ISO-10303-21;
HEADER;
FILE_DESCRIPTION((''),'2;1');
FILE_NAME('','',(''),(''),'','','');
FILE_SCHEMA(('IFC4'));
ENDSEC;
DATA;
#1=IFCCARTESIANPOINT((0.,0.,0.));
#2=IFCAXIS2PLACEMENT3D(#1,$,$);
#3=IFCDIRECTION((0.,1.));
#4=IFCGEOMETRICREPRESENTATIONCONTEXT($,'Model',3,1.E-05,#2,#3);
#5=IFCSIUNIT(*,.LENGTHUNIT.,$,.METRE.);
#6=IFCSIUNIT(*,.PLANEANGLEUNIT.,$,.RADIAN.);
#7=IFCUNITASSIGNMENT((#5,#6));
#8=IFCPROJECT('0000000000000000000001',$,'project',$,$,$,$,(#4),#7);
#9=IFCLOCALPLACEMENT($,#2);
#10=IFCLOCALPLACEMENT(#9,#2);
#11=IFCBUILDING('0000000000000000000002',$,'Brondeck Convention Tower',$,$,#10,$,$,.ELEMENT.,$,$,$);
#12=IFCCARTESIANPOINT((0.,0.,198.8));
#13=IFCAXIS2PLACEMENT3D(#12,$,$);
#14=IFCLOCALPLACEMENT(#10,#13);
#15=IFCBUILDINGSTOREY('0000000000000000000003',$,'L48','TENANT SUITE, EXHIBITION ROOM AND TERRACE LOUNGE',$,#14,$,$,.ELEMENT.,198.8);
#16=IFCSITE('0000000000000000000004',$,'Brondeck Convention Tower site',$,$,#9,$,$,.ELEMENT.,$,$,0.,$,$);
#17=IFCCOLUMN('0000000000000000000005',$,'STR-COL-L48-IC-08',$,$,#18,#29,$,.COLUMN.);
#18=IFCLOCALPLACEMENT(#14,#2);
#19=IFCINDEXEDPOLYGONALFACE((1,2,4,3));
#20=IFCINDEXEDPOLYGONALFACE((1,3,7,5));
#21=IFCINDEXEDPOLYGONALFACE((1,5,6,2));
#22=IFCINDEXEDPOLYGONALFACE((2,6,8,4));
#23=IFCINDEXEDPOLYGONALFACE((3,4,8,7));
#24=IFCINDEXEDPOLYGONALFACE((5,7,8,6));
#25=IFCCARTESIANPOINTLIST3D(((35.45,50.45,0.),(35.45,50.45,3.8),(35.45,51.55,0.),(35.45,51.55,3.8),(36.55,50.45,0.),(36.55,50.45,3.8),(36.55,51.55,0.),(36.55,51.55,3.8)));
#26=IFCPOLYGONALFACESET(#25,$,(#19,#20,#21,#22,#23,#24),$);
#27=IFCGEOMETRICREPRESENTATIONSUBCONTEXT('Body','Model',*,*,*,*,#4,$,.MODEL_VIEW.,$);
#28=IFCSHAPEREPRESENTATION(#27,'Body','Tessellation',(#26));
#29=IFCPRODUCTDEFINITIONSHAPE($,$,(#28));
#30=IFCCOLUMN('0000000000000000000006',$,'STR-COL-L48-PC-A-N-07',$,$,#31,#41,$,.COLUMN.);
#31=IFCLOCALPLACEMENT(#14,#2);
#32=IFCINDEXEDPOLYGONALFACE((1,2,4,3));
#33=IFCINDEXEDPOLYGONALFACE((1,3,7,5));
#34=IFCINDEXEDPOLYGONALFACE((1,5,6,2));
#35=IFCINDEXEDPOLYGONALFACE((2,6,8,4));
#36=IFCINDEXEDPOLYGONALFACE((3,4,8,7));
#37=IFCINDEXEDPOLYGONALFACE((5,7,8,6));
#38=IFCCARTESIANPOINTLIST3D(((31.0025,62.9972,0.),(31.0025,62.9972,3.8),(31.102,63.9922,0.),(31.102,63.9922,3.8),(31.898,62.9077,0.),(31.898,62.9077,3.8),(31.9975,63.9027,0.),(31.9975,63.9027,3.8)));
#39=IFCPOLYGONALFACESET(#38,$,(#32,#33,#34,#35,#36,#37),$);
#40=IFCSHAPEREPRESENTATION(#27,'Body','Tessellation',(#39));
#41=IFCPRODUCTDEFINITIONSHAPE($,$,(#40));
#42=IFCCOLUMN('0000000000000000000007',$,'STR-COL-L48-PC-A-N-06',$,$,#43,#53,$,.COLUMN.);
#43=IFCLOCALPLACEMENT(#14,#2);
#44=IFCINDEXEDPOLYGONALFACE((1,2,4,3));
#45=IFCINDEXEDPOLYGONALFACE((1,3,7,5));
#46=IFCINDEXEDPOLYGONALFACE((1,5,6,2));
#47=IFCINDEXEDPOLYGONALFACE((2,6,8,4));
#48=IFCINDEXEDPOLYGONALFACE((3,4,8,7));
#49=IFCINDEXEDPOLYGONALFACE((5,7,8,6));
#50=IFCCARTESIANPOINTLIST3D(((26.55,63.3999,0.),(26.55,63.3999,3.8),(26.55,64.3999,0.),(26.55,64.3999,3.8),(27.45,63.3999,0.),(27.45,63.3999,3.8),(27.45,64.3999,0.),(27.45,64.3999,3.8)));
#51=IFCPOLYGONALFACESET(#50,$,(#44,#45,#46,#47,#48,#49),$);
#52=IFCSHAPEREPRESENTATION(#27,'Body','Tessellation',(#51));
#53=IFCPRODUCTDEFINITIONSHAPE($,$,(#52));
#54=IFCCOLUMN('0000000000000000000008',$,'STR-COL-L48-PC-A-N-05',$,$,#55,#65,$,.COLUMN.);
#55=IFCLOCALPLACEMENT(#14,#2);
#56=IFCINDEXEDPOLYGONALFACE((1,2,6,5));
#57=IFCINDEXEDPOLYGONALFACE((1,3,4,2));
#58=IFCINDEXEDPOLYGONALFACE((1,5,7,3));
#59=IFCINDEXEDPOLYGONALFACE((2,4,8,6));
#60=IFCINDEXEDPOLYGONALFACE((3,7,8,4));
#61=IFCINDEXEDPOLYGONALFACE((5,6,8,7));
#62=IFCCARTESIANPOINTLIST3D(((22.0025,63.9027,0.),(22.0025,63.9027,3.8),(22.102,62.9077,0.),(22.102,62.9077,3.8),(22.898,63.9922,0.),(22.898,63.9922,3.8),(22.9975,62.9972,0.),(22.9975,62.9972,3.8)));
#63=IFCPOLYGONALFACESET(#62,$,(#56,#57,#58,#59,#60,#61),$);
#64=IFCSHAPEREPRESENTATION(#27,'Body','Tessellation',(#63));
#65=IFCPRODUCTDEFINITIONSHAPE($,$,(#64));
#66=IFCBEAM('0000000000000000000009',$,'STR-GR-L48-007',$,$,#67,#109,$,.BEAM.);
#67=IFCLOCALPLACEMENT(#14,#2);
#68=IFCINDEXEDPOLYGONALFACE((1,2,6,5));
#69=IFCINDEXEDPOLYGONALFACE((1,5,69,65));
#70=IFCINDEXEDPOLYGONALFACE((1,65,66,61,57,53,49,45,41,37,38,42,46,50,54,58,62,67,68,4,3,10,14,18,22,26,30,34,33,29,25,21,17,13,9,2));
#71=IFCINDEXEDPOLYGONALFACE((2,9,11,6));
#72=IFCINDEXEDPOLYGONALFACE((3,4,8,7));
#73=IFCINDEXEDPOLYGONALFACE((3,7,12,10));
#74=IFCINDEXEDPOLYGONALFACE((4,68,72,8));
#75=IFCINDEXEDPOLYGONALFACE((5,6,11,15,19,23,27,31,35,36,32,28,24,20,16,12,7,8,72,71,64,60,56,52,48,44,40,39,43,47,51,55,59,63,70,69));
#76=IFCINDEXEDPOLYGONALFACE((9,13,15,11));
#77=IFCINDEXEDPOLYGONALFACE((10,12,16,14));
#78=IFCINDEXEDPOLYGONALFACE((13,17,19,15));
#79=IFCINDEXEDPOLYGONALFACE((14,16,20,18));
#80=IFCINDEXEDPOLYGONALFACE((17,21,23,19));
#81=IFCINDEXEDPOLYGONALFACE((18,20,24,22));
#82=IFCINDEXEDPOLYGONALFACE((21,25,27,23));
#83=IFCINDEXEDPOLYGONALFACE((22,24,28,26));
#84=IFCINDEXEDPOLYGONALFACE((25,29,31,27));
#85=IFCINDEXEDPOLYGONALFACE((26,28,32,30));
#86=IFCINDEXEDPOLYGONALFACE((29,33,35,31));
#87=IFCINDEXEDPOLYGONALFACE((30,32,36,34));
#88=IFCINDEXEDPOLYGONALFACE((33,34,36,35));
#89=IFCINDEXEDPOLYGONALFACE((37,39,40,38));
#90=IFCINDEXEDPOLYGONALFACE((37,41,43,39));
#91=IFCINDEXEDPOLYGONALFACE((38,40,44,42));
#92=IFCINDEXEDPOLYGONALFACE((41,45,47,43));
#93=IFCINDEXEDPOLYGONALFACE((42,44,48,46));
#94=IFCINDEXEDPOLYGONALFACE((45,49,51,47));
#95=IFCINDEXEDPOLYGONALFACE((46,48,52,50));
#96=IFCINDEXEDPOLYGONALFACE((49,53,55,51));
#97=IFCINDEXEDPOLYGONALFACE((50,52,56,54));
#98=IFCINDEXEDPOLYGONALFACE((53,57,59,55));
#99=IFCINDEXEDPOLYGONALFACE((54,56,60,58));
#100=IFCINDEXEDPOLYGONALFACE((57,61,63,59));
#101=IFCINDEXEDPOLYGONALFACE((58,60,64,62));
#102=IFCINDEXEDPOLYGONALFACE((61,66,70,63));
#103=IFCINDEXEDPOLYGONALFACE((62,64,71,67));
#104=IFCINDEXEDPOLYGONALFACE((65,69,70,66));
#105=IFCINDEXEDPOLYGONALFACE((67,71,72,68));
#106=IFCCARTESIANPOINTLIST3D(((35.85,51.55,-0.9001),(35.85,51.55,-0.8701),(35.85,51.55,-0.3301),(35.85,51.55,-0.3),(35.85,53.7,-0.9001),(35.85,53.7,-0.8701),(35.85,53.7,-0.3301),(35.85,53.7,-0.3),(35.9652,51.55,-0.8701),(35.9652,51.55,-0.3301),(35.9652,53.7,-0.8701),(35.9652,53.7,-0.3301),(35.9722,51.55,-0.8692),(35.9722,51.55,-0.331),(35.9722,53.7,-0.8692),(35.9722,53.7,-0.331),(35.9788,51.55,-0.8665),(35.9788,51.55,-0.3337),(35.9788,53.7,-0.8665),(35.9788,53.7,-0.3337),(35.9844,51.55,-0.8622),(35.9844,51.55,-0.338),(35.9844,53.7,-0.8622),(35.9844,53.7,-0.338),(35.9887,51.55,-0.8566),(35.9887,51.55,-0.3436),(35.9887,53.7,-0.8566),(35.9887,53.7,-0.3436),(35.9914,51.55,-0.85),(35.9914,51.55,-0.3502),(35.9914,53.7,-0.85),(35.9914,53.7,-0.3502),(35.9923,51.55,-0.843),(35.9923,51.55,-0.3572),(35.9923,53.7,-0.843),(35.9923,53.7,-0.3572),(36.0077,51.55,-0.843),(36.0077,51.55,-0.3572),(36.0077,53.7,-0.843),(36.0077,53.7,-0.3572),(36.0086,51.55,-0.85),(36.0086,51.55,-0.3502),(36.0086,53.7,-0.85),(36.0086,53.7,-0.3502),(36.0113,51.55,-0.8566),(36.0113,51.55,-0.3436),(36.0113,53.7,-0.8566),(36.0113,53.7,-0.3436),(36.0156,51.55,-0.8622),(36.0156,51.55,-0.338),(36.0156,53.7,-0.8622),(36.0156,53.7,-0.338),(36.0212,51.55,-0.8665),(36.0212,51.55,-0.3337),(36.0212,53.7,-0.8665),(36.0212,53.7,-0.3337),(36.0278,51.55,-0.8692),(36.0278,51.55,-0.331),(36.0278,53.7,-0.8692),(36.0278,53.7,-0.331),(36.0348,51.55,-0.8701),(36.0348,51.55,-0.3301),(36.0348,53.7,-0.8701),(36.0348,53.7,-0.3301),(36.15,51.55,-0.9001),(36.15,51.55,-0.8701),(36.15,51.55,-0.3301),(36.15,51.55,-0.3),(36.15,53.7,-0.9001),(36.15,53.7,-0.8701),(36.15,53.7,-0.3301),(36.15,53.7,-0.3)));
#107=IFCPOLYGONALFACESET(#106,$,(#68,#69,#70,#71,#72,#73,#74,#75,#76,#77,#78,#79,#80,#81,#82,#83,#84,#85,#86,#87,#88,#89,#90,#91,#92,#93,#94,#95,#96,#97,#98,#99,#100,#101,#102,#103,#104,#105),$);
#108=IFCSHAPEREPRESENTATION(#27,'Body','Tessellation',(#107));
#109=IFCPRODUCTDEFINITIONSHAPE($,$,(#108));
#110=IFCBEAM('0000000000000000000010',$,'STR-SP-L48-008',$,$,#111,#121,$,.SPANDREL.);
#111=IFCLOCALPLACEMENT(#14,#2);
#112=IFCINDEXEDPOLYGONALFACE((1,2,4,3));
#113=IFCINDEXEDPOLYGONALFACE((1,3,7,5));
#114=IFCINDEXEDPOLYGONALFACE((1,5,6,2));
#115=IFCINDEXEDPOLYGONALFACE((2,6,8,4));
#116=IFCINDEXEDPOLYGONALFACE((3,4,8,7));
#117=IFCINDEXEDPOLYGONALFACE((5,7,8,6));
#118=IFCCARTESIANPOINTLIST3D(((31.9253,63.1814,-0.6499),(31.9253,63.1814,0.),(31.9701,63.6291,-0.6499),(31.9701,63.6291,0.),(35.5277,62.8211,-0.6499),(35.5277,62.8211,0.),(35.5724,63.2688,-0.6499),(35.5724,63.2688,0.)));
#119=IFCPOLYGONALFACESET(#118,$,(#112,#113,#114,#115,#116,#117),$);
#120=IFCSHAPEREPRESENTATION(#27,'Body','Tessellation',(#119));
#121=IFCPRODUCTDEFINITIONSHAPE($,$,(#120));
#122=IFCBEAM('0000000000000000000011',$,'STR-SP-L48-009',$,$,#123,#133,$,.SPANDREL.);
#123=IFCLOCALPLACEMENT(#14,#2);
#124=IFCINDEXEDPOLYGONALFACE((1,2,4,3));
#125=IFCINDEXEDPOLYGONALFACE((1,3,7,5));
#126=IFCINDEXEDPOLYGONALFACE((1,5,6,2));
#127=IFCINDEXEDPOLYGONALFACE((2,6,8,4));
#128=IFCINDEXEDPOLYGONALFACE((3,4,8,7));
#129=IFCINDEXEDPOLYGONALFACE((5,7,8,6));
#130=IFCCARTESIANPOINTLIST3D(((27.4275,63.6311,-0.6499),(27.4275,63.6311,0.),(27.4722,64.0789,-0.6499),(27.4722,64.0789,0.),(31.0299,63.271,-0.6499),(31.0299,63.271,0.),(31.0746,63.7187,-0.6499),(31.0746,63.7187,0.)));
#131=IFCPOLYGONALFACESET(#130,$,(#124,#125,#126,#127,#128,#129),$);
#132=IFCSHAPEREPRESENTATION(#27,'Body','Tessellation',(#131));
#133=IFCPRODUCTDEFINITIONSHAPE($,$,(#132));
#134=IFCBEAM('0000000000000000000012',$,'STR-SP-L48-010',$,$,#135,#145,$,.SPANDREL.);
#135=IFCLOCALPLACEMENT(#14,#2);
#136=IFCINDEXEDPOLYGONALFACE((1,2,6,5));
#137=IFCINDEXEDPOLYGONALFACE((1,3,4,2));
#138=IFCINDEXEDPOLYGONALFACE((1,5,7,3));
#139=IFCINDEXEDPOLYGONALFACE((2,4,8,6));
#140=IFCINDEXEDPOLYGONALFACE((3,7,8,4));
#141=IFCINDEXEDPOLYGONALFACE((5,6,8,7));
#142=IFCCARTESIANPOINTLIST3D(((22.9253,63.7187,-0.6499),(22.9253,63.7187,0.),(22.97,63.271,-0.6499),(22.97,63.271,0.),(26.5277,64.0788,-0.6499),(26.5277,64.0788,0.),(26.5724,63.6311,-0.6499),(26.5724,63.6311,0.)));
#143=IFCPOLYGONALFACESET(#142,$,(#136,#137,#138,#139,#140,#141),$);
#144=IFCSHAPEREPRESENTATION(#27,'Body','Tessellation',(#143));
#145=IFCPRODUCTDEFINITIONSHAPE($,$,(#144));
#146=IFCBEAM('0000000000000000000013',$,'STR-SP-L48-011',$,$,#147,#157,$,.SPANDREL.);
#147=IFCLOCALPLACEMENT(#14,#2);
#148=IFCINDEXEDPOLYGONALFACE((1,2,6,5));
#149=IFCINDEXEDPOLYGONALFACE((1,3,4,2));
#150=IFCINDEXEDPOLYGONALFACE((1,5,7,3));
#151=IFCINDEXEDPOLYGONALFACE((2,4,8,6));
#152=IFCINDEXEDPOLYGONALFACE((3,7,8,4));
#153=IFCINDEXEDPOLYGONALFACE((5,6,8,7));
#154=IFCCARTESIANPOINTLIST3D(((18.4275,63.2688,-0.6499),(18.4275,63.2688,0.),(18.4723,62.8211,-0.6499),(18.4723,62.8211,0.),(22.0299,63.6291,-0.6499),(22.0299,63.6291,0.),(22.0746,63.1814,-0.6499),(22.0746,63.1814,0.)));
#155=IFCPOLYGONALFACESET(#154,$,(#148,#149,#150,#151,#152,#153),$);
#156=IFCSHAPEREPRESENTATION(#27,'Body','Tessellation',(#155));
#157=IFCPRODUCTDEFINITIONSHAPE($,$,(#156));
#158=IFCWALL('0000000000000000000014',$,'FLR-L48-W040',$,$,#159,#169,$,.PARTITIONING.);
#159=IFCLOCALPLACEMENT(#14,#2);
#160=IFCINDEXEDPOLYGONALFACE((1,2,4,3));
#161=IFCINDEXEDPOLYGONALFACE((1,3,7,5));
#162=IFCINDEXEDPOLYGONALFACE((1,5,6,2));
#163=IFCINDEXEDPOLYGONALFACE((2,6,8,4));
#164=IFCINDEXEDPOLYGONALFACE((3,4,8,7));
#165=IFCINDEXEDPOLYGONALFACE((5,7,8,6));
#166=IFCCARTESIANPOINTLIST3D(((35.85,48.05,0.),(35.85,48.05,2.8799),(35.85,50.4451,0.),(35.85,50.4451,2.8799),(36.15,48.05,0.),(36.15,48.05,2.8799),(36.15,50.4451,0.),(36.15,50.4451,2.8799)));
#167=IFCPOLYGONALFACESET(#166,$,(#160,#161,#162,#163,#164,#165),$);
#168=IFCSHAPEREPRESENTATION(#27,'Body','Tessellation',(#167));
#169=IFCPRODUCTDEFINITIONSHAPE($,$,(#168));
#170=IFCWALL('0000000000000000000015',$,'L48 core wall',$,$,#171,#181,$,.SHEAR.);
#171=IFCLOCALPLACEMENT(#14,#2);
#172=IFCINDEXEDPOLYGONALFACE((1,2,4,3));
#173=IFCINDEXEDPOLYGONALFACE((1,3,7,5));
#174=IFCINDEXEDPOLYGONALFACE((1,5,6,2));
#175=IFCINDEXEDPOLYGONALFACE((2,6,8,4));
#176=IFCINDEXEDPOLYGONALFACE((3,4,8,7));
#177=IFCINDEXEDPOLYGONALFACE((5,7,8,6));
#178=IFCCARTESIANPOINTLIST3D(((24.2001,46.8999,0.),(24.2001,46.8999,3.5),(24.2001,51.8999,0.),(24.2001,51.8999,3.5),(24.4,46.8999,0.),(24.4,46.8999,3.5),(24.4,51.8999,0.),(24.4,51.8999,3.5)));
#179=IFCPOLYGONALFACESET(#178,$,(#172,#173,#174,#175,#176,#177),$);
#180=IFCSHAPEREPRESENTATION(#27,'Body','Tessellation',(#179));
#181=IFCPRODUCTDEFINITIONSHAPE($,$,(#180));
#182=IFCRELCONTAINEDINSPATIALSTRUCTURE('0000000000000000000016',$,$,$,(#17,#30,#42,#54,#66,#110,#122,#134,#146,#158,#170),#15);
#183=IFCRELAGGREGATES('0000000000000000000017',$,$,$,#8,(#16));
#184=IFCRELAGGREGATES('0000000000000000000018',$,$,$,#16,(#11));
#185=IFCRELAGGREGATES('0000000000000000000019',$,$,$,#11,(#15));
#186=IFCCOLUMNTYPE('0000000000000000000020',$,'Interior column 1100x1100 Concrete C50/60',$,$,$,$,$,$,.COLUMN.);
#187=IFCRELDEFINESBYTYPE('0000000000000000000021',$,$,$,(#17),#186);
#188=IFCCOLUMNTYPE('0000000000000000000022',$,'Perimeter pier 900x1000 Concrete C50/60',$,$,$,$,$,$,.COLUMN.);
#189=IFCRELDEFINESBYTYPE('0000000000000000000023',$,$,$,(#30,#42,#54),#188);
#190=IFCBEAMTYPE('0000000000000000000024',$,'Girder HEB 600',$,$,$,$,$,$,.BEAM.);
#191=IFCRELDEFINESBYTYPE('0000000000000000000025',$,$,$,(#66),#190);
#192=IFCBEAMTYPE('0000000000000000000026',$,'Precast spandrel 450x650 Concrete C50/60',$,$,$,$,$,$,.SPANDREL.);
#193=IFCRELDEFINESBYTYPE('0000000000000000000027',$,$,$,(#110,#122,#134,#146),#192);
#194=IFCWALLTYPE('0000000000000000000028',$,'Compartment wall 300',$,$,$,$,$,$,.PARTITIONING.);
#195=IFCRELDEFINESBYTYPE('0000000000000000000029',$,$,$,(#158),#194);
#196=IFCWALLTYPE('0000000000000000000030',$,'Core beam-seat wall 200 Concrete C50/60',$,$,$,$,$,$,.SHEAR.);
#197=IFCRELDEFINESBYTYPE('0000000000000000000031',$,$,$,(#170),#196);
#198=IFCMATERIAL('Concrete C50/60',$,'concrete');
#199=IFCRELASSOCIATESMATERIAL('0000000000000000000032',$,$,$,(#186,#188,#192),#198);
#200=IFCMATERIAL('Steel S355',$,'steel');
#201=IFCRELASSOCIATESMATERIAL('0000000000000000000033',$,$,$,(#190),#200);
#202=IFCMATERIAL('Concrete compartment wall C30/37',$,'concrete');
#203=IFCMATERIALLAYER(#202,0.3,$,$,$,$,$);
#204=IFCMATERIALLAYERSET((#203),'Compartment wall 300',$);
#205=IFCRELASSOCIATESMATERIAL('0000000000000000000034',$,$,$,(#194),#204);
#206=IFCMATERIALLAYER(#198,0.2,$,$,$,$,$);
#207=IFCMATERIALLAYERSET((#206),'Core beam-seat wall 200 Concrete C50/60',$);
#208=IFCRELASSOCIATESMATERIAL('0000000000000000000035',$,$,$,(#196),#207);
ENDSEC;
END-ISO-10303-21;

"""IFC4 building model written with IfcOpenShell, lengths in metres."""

from ifc_helpers import new_model, si_unit, direction, frame, frame_2d, origin, origin_2d, place, context, subcontext, project, spatial, rectangle, i_section, extrude, material, layer, layer_set, material_profile, profile_set, type_object, element, save


model = new_model("IFC4")

# Units and contexts
model_context = context("Model", 3, precision=1e-05, world=origin(), true_north=direction((0.0, 1.0)))
body_context = subcontext(model_context, "Body", "Model", "MODEL_VIEW")
ifc_project = project(units=[si_unit("LENGTHUNIT", "METRE"), si_unit("PLANEANGLEUNIT", "RADIAN")], contexts=[model_context])

# Site, building, storey
site_placement = place(None, origin())
site = spatial("IfcSite", under=ifc_project, at=site_placement, Name="Brondeck Convention Tower site", CompositionType="ELEMENT", RefElevation=0.0)
building_placement = place(site_placement, origin())
building = spatial("IfcBuilding", under=site, at=building_placement, Name="Brondeck Convention Tower", CompositionType="ELEMENT")
storey_placement = place(building_placement, frame((0.0, 0.0, 198.8)))
storey = spatial("IfcBuildingStorey", under=building, at=storey_placement, Name="L48", Description="TENANT SUITE, EXHIBITION ROOM AND TERRACE LOUNGE", CompositionType="ELEMENT", Elevation=198.8)

# Columns
ifc_material_1 = material(Name="Concrete C50/60", Category="concrete")
ifc_material_profile_1 = material_profile(ifc_material_1, rectangle(XDim=1.1001, YDim=1.1001, at=origin_2d()), Name="Interior column 1100x1100 Concrete C50/60")
ifc_profile_set_1 = profile_set([ifc_material_profile_1], Name="Concrete C50/60")
column_type_1 = type_object("IfcColumnType", Name="Interior column 1100x1100 Concrete C50/60", PredefinedType="COLUMN", material=ifc_profile_set_1)
column_placement = place(storey_placement, frame((36.0, 51.0, 0.0), z_axis=(0.0, 0.0, 1.0), x_axis=(1.0, 0.0, 0.0)))
element("IfcColumn", 1, at=column_placement, inside=storey, type_object=column_type_1, Name="STR-COL-L48-IC-08", PredefinedType="COLUMN", context=body_context, shape_type="SweptSolid", body=[
    extrude(rectangle(XDim=1.1001, YDim=1.1001, at=origin_2d()), origin(), (0.0, 0.0, 1.0), 3.8),
])
ifc_material_profile_2 = material_profile(ifc_material_1, rectangle(XDim=0.8999, YDim=1.0, at=origin_2d()), Name="Perimeter pier 900x1000 Concrete C50/60")
ifc_profile_set_2 = profile_set([ifc_material_profile_2], Name="Concrete C50/60")
column_type_2 = type_object("IfcColumnType", Name="Perimeter pier 900x1000 Concrete C50/60", PredefinedType="COLUMN", material=ifc_profile_set_2)
for number, where, z_axis, x_axis, name in (
    (2, (31.5, 63.45, 0.0), (0.0, 0.0, 1.0), (-0.995037, 0.099504, 0.0), "STR-COL-L48-PC-A-N-07"),
    (3, (27.0, 63.8999, 0.0), (0.0, 0.0, 1.0), (-1.0, 0.0, 0.0), "STR-COL-L48-PC-A-N-06"),
    (4, (22.5, 63.45, 0.0), (0.0, 0.0, 1.0), (-0.995037, -0.099504, 0.0), "STR-COL-L48-PC-A-N-05"),
):
    element("IfcColumn", number, at=place(storey_placement, frame(where, z_axis=z_axis, x_axis=x_axis)), inside=storey, type_object=column_type_2, Name=name, PredefinedType="COLUMN", context=body_context, shape_type="SweptSolid", body=[
        extrude(rectangle(XDim=0.8999, YDim=1.0, at=origin_2d()), origin(), (0.0, 0.0, 1.0), 3.8),
    ])

# Beams
ifc_material_2 = material(Name="Steel S355", Category="steel")
ifc_material_profile_3 = material_profile(ifc_material_2, i_section(OverallWidth=0.3, OverallDepth=0.6001, WebThickness=0.0154, FlangeThickness=0.03, FilletRadius=0.0271, at=origin_2d()), Name="HEB 600")
ifc_profile_set_3 = profile_set([ifc_material_profile_3], Name="Steel S355")
beam_type_1 = type_object("IfcBeamType", Name="Girder HEB 600", PredefinedType="BEAM", material=ifc_profile_set_3)
beam_placement = place(storey_placement, frame((36.0, 51.55, -0.6001), z_axis=(0.0, 1.0, 0.0), x_axis=(-1.0, 0.0, 0.0)))
element("IfcBeam", 5, at=beam_placement, inside=storey, type_object=beam_type_1, Name="STR-GR-L48-007", PredefinedType="BEAM", context=body_context, shape_type="SweptSolid", body=[
    extrude(i_section(OverallWidth=0.3, OverallDepth=0.6001, WebThickness=0.0154, FlangeThickness=0.03, FilletRadius=0.0271, at=origin_2d()), origin(), (0.0, 0.0, 1.0), 2.1499),
])
ifc_material_profile_4 = material_profile(ifc_material_1, rectangle(XDim=0.45, YDim=0.6499, at=origin_2d()), Name="Precast spandrel 450x650 Concrete C50/60")
ifc_profile_set_4 = profile_set([ifc_material_profile_4], Name="Concrete C50/60")
beam_type_2 = type_object("IfcBeamType", Name="Precast spandrel 450x650 Concrete C50/60", PredefinedType="SPANDREL", material=ifc_profile_set_4)
for number, where, z_axis, x_axis, name in (
    (6, (35.55, 63.0449, -0.325), (-0.995034, 0.099537, 0.0), (-0.099537, -0.995034, 0.0), "STR-SP-L48-008"),
    (7, (31.0522, 63.4949, -0.325), (-0.995041, 0.09947, 0.0), (-0.09947, -0.995041, 0.0), "STR-SP-L48-009"),
    (8, (26.55, 63.855, -0.325), (-0.995041, -0.09947, 0.0), (0.09947, -0.995041, 0.0), "STR-SP-L48-010"),
    (9, (22.0522, 63.4053, -0.325), (-0.995034, -0.099537, 0.0), (0.099537, -0.995034, 0.0), "STR-SP-L48-011"),
):
    element("IfcBeam", number, at=place(storey_placement, frame(where, z_axis=z_axis, x_axis=x_axis)), inside=storey, type_object=beam_type_2, Name=name, PredefinedType="SPANDREL", context=body_context, shape_type="SweptSolid", body=[
        extrude(rectangle(XDim=0.45, YDim=0.6499, at=origin_2d()), origin(), (0.0, 0.0, 1.0), 3.6204),
    ])

# Walls
ifc_material_3 = material(Name="Concrete compartment wall C30/37", Category="concrete")
ifc_layer_1 = layer(ifc_material_3, 0.3)
ifc_layer_set_1 = layer_set([ifc_layer_1], Name="Compartment wall 300")
wall_type_1 = type_object("IfcWallType", Name="Compartment wall 300", PredefinedType="PARTITIONING", material=ifc_layer_set_1)
wall_1_placement = place(storey_placement, frame((36.0, 48.05, 0.0), z_axis=(0.0, 0.0, 1.0), x_axis=(0.0, 1.0, 0.0)))
element("IfcWall", 10, at=wall_1_placement, inside=storey, type_object=wall_type_1, Name="FLR-L48-W040", PredefinedType="PARTITIONING", context=body_context, shape_type="SweptSolid", body=[
    extrude(rectangle(XDim=2.395, YDim=0.3, at=frame_2d((1.1975, 0.0))), origin(), (0.0, 0.0, 1.0), 2.8799),
])
ifc_layer_2 = layer(ifc_material_1, 0.2)
ifc_layer_set_2 = layer_set([ifc_layer_2], Name="Core beam-seat wall 200 Concrete C50/60")
wall_type_2 = type_object("IfcWallType", Name="Core beam-seat wall 200 Concrete C50/60", PredefinedType="SHEAR", material=ifc_layer_set_2)
wall_2_placement = place(storey_placement, frame((24.3, 46.8999, 0.0), z_axis=(0.0, 0.0, 1.0), x_axis=(0.0, 1.0, 0.0)))
element("IfcWall", 11, at=wall_2_placement, inside=storey, type_object=wall_type_2, Name="L48 core wall", PredefinedType="SHEAR", context=body_context, shape_type="SweptSolid", body=[
    extrude(rectangle(XDim=5.0, YDim=0.2, at=frame_2d((2.5, 0.0))), origin(), (0.0, 0.0, 1.0), 3.5),
])

save(model, "model.ifc")
